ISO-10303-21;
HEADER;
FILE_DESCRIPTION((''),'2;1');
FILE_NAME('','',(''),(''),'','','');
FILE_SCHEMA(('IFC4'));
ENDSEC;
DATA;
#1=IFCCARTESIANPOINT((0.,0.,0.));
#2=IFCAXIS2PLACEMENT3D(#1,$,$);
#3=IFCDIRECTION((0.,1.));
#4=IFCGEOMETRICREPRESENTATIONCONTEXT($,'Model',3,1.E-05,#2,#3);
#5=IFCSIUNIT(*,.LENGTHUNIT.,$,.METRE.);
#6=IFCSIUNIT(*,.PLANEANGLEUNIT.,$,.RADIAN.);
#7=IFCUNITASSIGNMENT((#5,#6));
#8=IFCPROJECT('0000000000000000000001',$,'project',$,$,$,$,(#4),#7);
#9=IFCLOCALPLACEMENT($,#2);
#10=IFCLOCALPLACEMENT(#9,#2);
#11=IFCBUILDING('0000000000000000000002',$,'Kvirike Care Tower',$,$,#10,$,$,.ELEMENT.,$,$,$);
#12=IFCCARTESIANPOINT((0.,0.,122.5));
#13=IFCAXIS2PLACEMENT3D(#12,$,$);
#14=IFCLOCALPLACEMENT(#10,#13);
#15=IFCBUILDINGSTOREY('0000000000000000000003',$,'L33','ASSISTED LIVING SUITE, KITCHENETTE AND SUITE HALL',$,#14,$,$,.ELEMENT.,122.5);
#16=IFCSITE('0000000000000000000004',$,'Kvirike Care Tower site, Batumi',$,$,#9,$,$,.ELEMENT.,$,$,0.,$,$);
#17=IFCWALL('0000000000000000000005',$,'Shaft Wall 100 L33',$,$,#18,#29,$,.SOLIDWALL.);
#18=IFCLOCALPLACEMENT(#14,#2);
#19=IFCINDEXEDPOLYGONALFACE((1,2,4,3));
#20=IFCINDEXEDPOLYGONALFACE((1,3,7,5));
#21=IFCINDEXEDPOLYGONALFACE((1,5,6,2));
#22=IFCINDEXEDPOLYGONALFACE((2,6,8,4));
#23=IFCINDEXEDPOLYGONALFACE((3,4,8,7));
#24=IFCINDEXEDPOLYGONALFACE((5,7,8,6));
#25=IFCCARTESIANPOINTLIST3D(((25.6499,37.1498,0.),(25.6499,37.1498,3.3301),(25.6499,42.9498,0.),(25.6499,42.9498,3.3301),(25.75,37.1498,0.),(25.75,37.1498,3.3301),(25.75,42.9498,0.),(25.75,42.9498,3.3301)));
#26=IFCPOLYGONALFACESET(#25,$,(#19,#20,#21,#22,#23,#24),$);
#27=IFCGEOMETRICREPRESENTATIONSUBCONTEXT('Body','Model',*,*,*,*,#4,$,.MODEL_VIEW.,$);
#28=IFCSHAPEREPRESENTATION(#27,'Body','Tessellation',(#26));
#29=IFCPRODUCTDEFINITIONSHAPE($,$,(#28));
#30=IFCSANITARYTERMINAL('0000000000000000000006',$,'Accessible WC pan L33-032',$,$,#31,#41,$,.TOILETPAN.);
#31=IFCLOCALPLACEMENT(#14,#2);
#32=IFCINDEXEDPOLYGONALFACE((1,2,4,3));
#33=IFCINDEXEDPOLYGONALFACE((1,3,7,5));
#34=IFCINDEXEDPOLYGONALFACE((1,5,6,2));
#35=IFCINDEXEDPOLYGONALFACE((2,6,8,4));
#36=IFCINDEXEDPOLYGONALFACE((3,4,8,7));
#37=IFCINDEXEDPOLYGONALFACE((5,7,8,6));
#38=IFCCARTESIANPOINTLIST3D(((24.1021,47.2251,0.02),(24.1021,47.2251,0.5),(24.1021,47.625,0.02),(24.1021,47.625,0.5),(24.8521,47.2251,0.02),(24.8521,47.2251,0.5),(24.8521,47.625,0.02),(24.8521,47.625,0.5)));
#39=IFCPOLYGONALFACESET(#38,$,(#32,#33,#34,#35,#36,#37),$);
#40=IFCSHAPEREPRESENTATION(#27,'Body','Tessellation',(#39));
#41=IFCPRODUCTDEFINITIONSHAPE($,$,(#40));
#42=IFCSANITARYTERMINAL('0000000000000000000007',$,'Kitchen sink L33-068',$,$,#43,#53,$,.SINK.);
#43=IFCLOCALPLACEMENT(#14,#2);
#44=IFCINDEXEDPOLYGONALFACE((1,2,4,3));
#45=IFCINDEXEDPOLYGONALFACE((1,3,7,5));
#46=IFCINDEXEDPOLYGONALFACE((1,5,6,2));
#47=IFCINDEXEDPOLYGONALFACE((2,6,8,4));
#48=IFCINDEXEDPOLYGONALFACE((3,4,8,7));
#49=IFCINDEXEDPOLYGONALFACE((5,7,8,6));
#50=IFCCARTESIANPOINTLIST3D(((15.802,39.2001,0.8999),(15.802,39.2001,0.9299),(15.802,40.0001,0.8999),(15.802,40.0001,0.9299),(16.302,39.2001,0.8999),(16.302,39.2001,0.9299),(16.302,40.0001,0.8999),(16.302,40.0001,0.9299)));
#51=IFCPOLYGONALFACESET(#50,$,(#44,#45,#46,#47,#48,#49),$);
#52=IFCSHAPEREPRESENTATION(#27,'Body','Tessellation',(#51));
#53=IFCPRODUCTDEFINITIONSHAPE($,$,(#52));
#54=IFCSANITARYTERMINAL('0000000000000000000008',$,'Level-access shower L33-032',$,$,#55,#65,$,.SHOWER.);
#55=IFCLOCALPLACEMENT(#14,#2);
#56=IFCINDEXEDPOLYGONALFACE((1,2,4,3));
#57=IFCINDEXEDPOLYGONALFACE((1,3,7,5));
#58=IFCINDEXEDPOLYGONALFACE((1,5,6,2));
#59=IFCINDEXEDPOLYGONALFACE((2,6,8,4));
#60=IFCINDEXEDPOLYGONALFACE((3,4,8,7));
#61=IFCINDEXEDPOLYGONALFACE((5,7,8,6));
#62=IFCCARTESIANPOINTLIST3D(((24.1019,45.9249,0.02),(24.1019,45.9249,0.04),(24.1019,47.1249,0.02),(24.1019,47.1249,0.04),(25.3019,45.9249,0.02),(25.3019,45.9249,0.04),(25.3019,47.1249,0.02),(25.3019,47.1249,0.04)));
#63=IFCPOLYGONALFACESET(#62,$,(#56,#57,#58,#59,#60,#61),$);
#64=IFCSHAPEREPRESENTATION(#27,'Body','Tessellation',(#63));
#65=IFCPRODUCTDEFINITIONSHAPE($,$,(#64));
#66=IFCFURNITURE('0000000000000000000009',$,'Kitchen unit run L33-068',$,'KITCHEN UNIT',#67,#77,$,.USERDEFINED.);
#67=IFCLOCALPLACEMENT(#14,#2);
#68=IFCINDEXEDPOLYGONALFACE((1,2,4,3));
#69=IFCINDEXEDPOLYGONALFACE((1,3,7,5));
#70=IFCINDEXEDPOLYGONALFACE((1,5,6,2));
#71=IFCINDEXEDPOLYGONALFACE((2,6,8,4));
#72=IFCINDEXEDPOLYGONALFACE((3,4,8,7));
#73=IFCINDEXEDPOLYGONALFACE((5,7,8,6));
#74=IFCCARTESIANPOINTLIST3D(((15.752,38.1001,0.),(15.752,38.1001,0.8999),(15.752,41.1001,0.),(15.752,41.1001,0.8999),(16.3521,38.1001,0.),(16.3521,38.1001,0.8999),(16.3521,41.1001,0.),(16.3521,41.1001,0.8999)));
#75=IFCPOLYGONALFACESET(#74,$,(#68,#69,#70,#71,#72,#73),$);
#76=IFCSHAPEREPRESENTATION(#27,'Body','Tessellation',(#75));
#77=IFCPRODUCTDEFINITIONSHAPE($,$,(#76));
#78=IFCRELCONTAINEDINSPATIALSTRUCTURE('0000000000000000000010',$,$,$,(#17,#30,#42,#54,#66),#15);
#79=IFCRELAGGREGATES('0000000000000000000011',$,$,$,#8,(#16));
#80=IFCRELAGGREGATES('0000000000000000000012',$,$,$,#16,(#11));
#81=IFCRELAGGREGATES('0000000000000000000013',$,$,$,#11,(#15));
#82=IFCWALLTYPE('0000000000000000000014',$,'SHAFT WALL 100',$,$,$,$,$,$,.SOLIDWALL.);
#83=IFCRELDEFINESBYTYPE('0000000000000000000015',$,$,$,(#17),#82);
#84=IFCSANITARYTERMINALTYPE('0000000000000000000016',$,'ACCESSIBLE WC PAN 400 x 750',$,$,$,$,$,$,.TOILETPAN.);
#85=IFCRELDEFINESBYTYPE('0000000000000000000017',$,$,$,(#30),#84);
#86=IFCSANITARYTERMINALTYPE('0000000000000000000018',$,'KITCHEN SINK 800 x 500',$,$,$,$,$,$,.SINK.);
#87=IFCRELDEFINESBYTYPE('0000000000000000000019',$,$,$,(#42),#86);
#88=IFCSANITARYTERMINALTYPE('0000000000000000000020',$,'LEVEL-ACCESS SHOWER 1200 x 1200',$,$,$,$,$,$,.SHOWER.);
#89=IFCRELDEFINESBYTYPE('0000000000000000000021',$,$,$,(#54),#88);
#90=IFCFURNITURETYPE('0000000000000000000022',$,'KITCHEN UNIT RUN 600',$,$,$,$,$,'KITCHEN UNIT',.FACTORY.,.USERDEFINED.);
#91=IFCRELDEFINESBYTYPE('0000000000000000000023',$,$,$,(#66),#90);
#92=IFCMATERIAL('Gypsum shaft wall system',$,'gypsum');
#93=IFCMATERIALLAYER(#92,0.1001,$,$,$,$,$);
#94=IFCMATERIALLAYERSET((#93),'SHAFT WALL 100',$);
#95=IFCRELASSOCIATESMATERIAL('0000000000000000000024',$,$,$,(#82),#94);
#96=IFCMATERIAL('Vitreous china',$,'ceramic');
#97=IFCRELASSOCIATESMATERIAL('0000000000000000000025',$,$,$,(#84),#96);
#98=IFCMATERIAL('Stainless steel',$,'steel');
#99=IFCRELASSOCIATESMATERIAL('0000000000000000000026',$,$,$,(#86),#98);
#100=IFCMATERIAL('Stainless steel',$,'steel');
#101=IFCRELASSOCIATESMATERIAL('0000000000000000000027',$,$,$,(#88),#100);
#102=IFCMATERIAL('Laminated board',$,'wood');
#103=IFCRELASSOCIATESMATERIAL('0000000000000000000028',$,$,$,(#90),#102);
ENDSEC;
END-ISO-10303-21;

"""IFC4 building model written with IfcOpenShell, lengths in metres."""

from ifc_helpers import new_model, si_unit, direction, frame, frame_2d, origin, origin_2d, place, context, subcontext, project, spatial, rectangle, extrude, material, layer, layer_set, type_object, element, save


model = new_model("IFC4")

# Units and contexts
model_context = context("Model", 3, precision=1e-05, world=origin(), true_north=direction((0.0, 1.0)))
body_context = subcontext(model_context, "Body", "Model", "MODEL_VIEW")
ifc_project = project(units=[si_unit("LENGTHUNIT", "METRE"), si_unit("PLANEANGLEUNIT", "RADIAN")], contexts=[model_context])

# Site, building, storey
site_placement = place(None, origin())
site = spatial("IfcSite", under=ifc_project, at=site_placement, Name="Kvirike Care Tower site, Batumi", CompositionType="ELEMENT", RefElevation=0.0)
building_placement = place(site_placement, origin())
building = spatial("IfcBuilding", under=site, at=building_placement, Name="Kvirike Care Tower", CompositionType="ELEMENT")
storey_placement = place(building_placement, frame((0.0, 0.0, 122.5)))
storey = spatial("IfcBuildingStorey", under=building, at=storey_placement, Name="L33", Description="ASSISTED LIVING SUITE, KITCHENETTE AND SUITE HALL", CompositionType="ELEMENT", Elevation=122.5)

# Shared definitions
ifc_material_1 = material(Name="Gypsum shaft wall system", Category="gypsum")
ifc_layer_1 = layer(ifc_material_1, 0.1001)
ifc_layer_set_1 = layer_set([ifc_layer_1], Name="SHAFT WALL 100")
wall_type_1 = type_object("IfcWallType", Name="SHAFT WALL 100", PredefinedType="SOLIDWALL", material=ifc_layer_set_1)

# Wall
wall_1_placement = place(storey_placement, frame((25.7, 37.1499, 0.0), z_axis=(0.0, 0.0, 1.0), x_axis=(0.0, 1.0, 0.0)))
element("IfcWall", 1, at=wall_1_placement, inside=storey, type_object=wall_type_1, Name="Shaft Wall 100 L33", PredefinedType="SOLIDWALL", context=body_context, shape_type="SweptSolid", body=[
    extrude(rectangle(XDim=5.8, YDim=0.1001, at=frame_2d((2.8999, 0.0))), origin(), (0.0, 0.0, 1.0), 3.3301),
])

# Sanitary terminals
ifc_material_2 = material(Name="Vitreous china", Category="ceramic")
sanitary_terminal_type_1 = type_object("IfcSanitaryTerminalType", Name="ACCESSIBLE WC PAN 400 x 750", PredefinedType="TOILETPAN", material=ifc_material_2)
sanitary_terminal_1_placement = place(storey_placement, frame((24.4771, 47.425, 0.02), z_axis=(0.0, 0.0, 1.0), x_axis=(0.0, 1.0, 0.0)))
element("IfcSanitaryTerminal", 2, at=sanitary_terminal_1_placement, inside=storey, type_object=sanitary_terminal_type_1, Name="Accessible WC pan L33-032", PredefinedType="TOILETPAN", context=body_context, shape_type="SweptSolid", body=[
    extrude(rectangle(XDim=0.3999, YDim=0.75, at=origin_2d()), origin(), (0.0, 0.0, 1.0), 0.48),
])
ifc_material_3 = material(Name="Stainless steel", Category="steel")
sanitary_terminal_type_2 = type_object("IfcSanitaryTerminalType", Name="KITCHEN SINK 800 x 500", PredefinedType="SINK", material=ifc_material_3)
sanitary_terminal_2_placement = place(storey_placement, frame((16.052, 39.6001, 0.8999), z_axis=(0.0, 0.0, 1.0), x_axis=(0.0, 1.0, 0.0)))
element("IfcSanitaryTerminal", 3, at=sanitary_terminal_2_placement, inside=storey, type_object=sanitary_terminal_type_2, Name="Kitchen sink L33-068", PredefinedType="SINK", context=body_context, shape_type="SweptSolid", body=[
    extrude(rectangle(XDim=0.8, YDim=0.5, at=origin_2d()), origin(), (0.0, 0.0, 1.0), 0.03),
])
ifc_material_4 = material(Name="Stainless steel", Category="steel")
sanitary_terminal_type_3 = type_object("IfcSanitaryTerminalType", Name="LEVEL-ACCESS SHOWER 1200 x 1200", PredefinedType="SHOWER", material=ifc_material_4)
sanitary_terminal_3_placement = place(storey_placement, frame((24.7019, 46.5249, 0.02), z_axis=(0.0, 0.0, 1.0), x_axis=(0.0, 1.0, 0.0)))
element("IfcSanitaryTerminal", 4, at=sanitary_terminal_3_placement, inside=storey, type_object=sanitary_terminal_type_3, Name="Level-access shower L33-032", PredefinedType="SHOWER", context=body_context, shape_type="SweptSolid", body=[
    extrude(rectangle(XDim=1.2, YDim=1.2, at=origin_2d()), origin(), (0.0, 0.0, 1.0), 0.02),
])

# Furniture
ifc_material_5 = material(Name="Laminated board", Category="wood")
furniture_type = type_object("IfcFurnitureType", Name="KITCHEN UNIT RUN 600", ElementType="KITCHEN UNIT", AssemblyPlace="FACTORY", PredefinedType="USERDEFINED", material=ifc_material_5)
furniture_placement = place(storey_placement, frame((16.052, 39.6001, 0.0), z_axis=(0.0, 0.0, 1.0), x_axis=(0.0, 1.0, 0.0)))
element("IfcFurniture", 5, at=furniture_placement, inside=storey, type_object=furniture_type, Name="Kitchen unit run L33-068", ObjectType="KITCHEN UNIT", PredefinedType="USERDEFINED", context=body_context, shape_type="SweptSolid", body=[
    extrude(rectangle(XDim=3.0, YDim=0.6001, at=origin_2d()), origin(), (0.0, 0.0, 1.0), 0.8999),
])

save(model, "model.ifc")
